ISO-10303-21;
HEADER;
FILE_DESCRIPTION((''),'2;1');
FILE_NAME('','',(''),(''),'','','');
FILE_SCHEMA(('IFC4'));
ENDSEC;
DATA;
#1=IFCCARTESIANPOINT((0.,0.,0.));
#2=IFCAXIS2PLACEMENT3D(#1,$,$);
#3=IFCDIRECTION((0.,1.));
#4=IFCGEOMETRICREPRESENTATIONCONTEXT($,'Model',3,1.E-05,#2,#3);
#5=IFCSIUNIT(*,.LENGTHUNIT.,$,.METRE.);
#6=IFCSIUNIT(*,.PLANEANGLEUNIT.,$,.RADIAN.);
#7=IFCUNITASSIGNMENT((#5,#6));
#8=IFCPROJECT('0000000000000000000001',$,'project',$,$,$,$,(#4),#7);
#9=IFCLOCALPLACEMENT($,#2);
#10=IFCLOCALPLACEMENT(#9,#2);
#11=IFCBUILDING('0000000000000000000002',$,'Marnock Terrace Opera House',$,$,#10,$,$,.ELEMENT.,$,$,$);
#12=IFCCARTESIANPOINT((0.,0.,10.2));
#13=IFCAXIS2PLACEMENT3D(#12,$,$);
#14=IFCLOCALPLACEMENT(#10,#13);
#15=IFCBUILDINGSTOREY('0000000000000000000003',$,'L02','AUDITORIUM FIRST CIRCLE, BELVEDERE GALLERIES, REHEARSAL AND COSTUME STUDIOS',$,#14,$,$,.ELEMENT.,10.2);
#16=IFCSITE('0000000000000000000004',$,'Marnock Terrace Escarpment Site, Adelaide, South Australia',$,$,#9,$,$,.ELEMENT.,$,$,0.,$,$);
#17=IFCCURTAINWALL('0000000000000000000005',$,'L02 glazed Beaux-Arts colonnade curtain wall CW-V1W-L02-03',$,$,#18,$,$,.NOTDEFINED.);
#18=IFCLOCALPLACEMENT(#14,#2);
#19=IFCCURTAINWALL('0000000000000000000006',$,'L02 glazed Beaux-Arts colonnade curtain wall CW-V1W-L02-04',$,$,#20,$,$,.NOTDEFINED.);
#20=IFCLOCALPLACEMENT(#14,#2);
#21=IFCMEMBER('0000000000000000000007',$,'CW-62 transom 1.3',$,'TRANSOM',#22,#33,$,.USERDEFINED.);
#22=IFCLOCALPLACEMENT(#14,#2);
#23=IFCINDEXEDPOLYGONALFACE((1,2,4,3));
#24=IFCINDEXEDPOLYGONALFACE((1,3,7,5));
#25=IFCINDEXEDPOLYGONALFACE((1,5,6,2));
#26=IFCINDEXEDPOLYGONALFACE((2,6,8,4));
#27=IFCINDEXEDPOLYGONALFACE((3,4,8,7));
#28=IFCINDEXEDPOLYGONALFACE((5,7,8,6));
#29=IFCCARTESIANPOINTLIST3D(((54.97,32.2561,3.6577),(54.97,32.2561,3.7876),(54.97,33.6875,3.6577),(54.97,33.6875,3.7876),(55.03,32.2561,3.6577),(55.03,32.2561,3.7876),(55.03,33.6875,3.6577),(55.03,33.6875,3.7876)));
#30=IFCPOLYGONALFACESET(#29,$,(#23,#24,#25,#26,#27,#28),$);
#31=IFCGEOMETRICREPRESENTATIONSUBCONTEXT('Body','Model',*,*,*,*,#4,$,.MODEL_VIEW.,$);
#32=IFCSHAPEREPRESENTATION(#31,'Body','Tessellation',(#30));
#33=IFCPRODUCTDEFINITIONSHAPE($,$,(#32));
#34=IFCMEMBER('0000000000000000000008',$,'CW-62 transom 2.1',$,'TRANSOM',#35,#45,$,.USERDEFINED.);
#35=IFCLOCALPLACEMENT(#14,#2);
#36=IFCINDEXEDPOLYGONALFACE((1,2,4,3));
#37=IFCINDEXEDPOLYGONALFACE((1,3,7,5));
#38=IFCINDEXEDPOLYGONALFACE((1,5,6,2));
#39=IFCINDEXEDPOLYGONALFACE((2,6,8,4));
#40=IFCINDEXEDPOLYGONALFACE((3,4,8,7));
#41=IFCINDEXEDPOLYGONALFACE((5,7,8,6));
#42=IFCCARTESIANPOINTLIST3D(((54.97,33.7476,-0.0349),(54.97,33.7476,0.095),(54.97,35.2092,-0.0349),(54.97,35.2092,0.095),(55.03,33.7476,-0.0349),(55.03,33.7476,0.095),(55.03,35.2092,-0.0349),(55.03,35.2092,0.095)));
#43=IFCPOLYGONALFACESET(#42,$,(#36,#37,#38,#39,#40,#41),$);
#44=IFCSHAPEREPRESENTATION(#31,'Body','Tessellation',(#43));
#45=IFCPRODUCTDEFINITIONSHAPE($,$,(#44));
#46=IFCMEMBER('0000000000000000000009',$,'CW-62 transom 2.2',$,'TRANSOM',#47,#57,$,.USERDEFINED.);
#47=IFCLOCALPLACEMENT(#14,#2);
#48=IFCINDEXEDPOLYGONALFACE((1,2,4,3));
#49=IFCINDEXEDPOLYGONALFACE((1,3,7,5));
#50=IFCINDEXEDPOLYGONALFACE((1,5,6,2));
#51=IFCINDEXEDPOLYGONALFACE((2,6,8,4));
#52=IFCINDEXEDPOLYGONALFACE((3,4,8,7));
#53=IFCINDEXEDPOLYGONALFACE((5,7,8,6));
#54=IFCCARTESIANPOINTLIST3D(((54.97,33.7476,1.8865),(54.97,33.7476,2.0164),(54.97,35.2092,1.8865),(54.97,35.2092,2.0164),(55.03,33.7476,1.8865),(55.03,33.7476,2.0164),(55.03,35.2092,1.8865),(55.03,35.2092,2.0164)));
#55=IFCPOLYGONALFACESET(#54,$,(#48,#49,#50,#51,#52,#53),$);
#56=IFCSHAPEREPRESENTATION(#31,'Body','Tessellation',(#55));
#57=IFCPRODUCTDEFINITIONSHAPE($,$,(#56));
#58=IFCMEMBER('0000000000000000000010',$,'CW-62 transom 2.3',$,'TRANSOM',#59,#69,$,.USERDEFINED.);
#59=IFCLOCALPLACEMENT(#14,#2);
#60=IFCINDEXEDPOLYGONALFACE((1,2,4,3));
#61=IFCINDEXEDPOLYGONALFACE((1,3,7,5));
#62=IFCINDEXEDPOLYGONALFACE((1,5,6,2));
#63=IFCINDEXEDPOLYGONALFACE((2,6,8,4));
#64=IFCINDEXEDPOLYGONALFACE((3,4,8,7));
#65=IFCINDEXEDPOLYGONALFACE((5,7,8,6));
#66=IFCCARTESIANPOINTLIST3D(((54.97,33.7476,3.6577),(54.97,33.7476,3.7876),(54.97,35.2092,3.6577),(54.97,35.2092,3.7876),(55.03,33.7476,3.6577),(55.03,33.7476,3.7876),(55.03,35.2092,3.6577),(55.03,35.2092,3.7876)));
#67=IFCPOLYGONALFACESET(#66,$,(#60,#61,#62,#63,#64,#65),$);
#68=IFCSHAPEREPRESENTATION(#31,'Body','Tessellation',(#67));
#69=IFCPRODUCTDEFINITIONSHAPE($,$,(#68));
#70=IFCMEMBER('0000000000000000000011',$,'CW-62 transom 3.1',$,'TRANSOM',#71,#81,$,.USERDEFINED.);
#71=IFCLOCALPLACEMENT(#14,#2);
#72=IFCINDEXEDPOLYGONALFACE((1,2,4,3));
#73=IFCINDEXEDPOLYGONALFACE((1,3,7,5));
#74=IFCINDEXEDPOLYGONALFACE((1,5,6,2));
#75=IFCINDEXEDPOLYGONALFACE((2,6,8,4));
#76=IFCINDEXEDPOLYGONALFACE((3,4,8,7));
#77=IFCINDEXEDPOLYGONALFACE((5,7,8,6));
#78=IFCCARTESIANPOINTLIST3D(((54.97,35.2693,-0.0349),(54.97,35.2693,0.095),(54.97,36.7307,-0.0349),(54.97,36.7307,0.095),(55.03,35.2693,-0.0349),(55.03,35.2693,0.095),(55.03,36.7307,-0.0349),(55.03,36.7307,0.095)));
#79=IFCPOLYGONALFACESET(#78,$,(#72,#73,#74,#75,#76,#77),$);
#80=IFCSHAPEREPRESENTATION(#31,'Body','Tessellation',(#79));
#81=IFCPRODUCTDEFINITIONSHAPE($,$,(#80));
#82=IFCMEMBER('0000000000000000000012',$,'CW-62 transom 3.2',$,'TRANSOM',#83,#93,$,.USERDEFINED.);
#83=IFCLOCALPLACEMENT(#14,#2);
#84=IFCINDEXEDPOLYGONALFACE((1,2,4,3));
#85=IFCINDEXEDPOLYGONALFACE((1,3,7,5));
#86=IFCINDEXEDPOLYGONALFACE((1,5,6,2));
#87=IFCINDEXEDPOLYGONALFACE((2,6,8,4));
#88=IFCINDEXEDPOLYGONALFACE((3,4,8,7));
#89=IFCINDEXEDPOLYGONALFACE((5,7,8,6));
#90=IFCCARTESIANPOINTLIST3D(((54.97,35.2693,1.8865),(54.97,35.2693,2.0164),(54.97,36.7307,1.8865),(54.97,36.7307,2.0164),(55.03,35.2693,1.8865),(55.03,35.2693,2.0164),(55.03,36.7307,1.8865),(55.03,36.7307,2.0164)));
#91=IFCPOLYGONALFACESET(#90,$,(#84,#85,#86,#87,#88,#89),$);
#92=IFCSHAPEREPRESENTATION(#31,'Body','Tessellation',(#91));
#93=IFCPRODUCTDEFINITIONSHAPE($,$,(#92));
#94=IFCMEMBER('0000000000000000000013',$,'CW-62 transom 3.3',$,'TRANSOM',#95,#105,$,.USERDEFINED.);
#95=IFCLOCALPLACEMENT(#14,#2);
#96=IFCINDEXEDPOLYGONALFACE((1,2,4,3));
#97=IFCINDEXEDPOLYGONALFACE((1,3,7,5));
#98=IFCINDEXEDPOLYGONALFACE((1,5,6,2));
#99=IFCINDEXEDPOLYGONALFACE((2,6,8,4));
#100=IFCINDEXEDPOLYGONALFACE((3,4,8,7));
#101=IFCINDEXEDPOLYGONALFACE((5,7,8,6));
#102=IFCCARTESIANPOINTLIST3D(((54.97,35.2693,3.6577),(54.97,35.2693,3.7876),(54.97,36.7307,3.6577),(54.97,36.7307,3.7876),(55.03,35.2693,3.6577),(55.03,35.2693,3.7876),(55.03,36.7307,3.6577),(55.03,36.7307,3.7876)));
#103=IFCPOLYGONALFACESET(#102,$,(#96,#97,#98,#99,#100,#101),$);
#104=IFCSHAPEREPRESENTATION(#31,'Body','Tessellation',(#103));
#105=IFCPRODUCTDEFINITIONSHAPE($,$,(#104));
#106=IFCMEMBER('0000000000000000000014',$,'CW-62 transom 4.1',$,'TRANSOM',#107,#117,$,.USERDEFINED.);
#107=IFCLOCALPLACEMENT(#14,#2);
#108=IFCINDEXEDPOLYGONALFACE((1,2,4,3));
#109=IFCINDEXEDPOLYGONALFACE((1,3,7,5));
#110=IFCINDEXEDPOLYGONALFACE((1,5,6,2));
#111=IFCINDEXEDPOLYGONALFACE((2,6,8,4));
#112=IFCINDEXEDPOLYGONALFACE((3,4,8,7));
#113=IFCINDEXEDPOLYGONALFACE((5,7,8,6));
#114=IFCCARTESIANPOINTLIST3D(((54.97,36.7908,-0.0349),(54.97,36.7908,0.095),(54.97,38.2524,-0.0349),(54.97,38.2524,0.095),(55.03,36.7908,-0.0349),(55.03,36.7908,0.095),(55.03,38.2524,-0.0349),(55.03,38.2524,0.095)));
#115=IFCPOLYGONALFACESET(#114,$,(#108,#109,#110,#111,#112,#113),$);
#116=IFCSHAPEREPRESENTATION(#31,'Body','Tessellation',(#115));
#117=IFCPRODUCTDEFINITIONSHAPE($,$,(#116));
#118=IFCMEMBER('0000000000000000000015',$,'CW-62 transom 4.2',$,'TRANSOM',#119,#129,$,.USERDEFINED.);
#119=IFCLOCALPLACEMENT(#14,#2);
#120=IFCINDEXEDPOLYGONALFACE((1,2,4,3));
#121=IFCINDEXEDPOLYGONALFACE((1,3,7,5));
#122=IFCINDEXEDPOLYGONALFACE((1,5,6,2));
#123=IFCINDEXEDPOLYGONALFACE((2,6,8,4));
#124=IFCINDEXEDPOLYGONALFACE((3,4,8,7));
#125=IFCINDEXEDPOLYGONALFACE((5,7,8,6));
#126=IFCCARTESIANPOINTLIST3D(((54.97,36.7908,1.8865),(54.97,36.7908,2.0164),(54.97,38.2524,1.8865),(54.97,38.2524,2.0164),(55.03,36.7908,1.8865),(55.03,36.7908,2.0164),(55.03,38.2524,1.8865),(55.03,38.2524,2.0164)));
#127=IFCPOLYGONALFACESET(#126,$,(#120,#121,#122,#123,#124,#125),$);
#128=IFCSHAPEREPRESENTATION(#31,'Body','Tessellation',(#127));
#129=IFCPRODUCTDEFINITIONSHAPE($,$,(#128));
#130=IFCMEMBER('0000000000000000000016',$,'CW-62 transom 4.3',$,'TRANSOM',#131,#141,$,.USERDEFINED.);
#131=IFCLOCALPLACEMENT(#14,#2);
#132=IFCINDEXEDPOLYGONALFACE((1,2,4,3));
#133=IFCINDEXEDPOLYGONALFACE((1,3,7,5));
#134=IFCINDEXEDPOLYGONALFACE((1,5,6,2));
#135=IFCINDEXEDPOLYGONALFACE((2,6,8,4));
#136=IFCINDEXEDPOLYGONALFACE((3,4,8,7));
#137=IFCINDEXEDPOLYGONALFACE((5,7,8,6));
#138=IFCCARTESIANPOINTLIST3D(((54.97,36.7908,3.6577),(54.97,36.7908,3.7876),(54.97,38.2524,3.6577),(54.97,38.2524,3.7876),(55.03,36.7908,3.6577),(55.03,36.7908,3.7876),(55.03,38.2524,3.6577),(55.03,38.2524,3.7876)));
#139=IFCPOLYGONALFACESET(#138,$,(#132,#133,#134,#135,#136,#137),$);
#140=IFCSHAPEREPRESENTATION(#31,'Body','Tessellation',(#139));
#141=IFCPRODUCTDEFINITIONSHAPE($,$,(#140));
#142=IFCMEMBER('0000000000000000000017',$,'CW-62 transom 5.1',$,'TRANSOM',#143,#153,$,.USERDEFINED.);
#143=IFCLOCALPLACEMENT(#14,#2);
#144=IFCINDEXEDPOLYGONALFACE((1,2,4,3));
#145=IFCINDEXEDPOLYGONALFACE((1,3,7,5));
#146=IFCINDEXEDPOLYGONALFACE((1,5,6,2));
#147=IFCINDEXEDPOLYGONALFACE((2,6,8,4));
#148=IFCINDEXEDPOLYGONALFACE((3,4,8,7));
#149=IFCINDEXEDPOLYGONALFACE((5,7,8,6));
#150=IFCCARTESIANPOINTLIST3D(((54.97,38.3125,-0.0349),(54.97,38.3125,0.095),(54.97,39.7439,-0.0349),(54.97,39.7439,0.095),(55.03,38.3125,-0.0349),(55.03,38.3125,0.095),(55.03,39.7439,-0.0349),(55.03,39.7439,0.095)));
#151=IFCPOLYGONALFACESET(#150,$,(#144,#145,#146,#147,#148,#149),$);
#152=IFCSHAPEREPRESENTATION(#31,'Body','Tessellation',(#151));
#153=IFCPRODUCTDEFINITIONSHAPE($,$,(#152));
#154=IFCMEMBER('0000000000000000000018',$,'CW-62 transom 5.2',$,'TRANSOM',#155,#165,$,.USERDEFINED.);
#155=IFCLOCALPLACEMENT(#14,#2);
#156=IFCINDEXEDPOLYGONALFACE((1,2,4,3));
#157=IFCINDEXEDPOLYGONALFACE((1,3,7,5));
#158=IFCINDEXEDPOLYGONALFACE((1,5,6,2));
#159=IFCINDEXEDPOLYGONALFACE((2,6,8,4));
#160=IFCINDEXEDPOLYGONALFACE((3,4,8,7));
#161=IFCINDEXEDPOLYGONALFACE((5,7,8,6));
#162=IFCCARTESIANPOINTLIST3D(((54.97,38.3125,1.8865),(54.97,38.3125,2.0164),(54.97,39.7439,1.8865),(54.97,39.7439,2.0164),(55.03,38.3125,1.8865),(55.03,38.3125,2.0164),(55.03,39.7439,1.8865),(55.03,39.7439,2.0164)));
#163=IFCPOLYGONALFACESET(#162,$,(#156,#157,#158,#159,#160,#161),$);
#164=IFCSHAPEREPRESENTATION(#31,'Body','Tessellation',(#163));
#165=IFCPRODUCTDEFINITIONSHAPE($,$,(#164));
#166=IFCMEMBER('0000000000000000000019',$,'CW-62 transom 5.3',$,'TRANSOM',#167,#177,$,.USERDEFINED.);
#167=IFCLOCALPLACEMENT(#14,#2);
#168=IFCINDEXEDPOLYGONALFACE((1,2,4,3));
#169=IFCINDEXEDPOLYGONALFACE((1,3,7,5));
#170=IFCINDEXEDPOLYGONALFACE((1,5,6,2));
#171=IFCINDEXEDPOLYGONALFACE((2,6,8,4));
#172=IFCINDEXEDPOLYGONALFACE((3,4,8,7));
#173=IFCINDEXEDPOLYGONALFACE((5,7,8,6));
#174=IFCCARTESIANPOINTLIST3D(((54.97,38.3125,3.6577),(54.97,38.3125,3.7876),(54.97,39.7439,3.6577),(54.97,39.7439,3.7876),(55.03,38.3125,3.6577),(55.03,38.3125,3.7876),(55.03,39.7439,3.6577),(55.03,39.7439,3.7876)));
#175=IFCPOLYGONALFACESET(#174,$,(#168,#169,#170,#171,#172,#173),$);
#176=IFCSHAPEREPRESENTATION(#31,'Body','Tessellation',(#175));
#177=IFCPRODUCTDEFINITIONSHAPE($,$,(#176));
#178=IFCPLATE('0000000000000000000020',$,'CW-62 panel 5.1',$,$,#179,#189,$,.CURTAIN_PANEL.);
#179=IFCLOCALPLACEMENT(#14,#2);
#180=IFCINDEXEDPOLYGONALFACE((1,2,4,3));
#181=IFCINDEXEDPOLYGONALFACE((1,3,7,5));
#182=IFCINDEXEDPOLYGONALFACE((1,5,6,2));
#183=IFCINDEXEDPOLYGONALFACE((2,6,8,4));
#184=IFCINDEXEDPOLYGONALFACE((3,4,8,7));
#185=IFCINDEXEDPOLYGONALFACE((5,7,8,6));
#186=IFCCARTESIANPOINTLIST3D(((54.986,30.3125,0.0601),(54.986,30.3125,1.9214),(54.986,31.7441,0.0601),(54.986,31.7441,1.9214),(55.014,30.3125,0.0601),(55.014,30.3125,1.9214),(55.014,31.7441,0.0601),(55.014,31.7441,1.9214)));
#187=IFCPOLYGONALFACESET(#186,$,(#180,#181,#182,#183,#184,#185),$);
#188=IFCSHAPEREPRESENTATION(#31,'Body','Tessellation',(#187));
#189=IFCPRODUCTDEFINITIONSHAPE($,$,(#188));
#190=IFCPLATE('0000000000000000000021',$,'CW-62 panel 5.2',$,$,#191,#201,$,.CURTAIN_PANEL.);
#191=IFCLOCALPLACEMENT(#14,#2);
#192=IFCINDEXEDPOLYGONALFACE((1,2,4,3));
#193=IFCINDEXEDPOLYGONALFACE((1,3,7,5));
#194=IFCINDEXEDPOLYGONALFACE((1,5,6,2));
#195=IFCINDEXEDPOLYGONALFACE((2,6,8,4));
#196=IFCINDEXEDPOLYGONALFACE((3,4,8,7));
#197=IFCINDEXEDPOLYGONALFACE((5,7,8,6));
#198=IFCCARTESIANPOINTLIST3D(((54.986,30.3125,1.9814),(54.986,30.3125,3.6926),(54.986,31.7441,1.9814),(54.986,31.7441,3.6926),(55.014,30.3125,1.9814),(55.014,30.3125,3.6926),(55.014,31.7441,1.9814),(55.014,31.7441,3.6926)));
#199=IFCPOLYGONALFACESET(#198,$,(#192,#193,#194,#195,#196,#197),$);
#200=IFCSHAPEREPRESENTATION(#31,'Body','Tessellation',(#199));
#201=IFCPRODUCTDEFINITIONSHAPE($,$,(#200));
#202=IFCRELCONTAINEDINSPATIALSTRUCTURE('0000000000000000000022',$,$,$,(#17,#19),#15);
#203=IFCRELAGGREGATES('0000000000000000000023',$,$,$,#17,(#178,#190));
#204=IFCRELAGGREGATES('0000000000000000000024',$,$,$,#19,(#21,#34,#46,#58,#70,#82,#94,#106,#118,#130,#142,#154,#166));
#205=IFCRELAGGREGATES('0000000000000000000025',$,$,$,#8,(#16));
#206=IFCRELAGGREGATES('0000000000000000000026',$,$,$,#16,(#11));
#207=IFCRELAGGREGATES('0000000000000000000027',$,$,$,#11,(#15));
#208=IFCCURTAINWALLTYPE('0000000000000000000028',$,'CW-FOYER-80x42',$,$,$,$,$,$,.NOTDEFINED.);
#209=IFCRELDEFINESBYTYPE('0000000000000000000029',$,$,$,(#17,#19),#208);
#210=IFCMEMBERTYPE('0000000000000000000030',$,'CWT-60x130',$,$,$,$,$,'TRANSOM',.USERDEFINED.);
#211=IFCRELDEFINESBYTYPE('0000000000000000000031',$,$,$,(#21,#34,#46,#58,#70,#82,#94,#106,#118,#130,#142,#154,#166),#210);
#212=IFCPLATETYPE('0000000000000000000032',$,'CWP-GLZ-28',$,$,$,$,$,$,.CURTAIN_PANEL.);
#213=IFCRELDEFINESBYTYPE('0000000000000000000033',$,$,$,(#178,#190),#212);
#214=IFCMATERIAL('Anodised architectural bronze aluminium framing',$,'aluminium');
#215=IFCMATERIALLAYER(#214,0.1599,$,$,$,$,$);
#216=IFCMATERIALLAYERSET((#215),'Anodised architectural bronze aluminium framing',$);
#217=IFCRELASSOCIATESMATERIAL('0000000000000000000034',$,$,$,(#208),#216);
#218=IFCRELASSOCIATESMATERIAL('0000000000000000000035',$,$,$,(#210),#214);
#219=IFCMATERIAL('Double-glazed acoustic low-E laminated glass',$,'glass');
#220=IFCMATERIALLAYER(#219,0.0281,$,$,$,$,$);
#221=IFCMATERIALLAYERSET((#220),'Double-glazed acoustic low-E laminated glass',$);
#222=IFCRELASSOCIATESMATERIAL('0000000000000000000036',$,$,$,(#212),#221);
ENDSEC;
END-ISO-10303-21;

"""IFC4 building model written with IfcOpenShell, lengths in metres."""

from ifc_helpers import new_model, si_unit, direction, frame, origin, origin_2d, place, context, subcontext, project, spatial, rectangle, extrude, material, layer, layer_set, material_profile, profile_set, type_object, element, aggregate, save


model = new_model("IFC4")

# Units and contexts
model_context = context("Model", 3, precision=1e-05, world=origin(), true_north=direction((0.0, 1.0)))
body_context = subcontext(model_context, "Body", "Model", "MODEL_VIEW")
ifc_project = project(units=[si_unit("LENGTHUNIT", "METRE"), si_unit("PLANEANGLEUNIT", "RADIAN")], contexts=[model_context])

# Site, building, storey
site_placement = place(None, origin())
site = spatial("IfcSite", under=ifc_project, at=site_placement, Name="Marnock Terrace Escarpment Site, Adelaide, South Australia", CompositionType="ELEMENT", RefElevation=0.0)
building_placement = place(site_placement, origin())
building = spatial("IfcBuilding", under=site, at=building_placement, Name="Marnock Terrace Opera House", CompositionType="ELEMENT")
storey_placement = place(building_placement, frame((0.0, 0.0, 10.2)))
storey = spatial("IfcBuildingStorey", under=building, at=storey_placement, Name="L02", Description="AUDITORIUM FIRST CIRCLE, BELVEDERE GALLERIES, REHEARSAL AND COSTUME STUDIOS", CompositionType="ELEMENT", Elevation=10.2)

# Curtain wall
ifc_material_1 = material(Name="Anodised architectural bronze aluminium framing", Category="aluminium")
ifc_layer_1 = layer(ifc_material_1, 0.1599)
ifc_layer_set_1 = layer_set([ifc_layer_1], Name="Anodised architectural bronze aluminium framing")
curtain_wall_type = type_object("IfcCurtainWallType", Name="CW-FOYER-80x42", PredefinedType="NOTDEFINED", material=ifc_layer_set_1)
curtain_wall_1_placement = place(storey_placement, origin())
curtain_wall_1 = element("IfcCurtainWall", 1, at=curtain_wall_1_placement, inside=storey, type_object=curtain_wall_type, Name="L02 glazed Beaux-Arts colonnade curtain wall CW-V1W-L02-03", PredefinedType="NOTDEFINED")

# Curtain wall
curtain_wall_2_placement = place(storey_placement, origin())
curtain_wall_2 = element("IfcCurtainWall", 2, at=curtain_wall_2_placement, inside=storey, type_object=curtain_wall_type, Name="L02 glazed Beaux-Arts colonnade curtain wall CW-V1W-L02-04", PredefinedType="NOTDEFINED")

# Members
ifc_material_profile_1 = material_profile(ifc_material_1, rectangle(XDim=0.0601, YDim=0.1299, at=origin_2d()))
ifc_profile_set_1 = profile_set([ifc_material_profile_1], Name="Anodised architectural bronze aluminium framing")
member_type_1 = type_object("IfcMemberType", Name="CWT-60x130", ElementType="TRANSOM", PredefinedType="USERDEFINED", material=ifc_profile_set_1)
member_1_placement = place(storey_placement, frame((55.0, 32.2561, 3.7227), z_axis=(0.0, 1.0, 0.0), x_axis=(-1.0, 0.0, 0.0)))
member_1 = element("IfcMember", 3, at=member_1_placement, type_object=member_type_1, Name="CW-62 transom 1.3", ObjectType="TRANSOM", PredefinedType="USERDEFINED", context=body_context, shape_type="SweptSolid", body=[
    extrude(rectangle(XDim=0.0601, YDim=0.1299, at=origin_2d()), origin(), (0.0, 0.0, 1.0), 1.4314),
])
member_2_placement = place(storey_placement, frame((55.0, 33.7476, 0.03), z_axis=(0.0, 1.0, 0.0), x_axis=(-1.0, 0.0, 0.0)))
member_2 = element("IfcMember", 4, at=member_2_placement, type_object=member_type_1, Name="CW-62 transom 2.1", ObjectType="TRANSOM", PredefinedType="USERDEFINED", context=body_context, shape_type="SweptSolid", body=[
    extrude(rectangle(XDim=0.0601, YDim=0.1299, at=origin_2d()), origin(), (0.0, 0.0, 1.0), 1.4617),
])
member_3_placement = place(storey_placement, frame((55.0, 33.7476, 1.9514), z_axis=(0.0, 1.0, 0.0), x_axis=(-1.0, 0.0, 0.0)))
member_3 = element("IfcMember", 5, at=member_3_placement, type_object=member_type_1, Name="CW-62 transom 2.2", ObjectType="TRANSOM", PredefinedType="USERDEFINED", context=body_context, shape_type="SweptSolid", body=[
    extrude(rectangle(XDim=0.0601, YDim=0.1299, at=origin_2d()), origin(), (0.0, 0.0, 1.0), 1.4617),
])
member_4_placement = place(storey_placement, frame((55.0, 33.7476, 3.7227), z_axis=(0.0, 1.0, 0.0), x_axis=(-1.0, 0.0, 0.0)))
member_4 = element("IfcMember", 6, at=member_4_placement, type_object=member_type_1, Name="CW-62 transom 2.3", ObjectType="TRANSOM", PredefinedType="USERDEFINED", context=body_context, shape_type="SweptSolid", body=[
    extrude(rectangle(XDim=0.0601, YDim=0.1299, at=origin_2d()), origin(), (0.0, 0.0, 1.0), 1.4617),
])
member_5_placement = place(storey_placement, frame((55.0, 35.2693, 0.03), z_axis=(0.0, 1.0, 0.0), x_axis=(-1.0, 0.0, 0.0)))
member_5 = element("IfcMember", 7, at=member_5_placement, type_object=member_type_1, Name="CW-62 transom 3.1", ObjectType="TRANSOM", PredefinedType="USERDEFINED", context=body_context, shape_type="SweptSolid", body=[
    extrude(rectangle(XDim=0.0601, YDim=0.1299, at=origin_2d()), origin(), (0.0, 0.0, 1.0), 1.4614),
])
member_6_placement = place(storey_placement, frame((55.0, 35.2693, 1.9514), z_axis=(0.0, 1.0, 0.0), x_axis=(-1.0, 0.0, 0.0)))
member_6 = element("IfcMember", 8, at=member_6_placement, type_object=member_type_1, Name="CW-62 transom 3.2", ObjectType="TRANSOM", PredefinedType="USERDEFINED", context=body_context, shape_type="SweptSolid", body=[
    extrude(rectangle(XDim=0.0601, YDim=0.1299, at=origin_2d()), origin(), (0.0, 0.0, 1.0), 1.4614),
])
member_7_placement = place(storey_placement, frame((55.0, 35.2693, 3.7227), z_axis=(0.0, 1.0, 0.0), x_axis=(-1.0, 0.0, 0.0)))
member_7 = element("IfcMember", 9, at=member_7_placement, type_object=member_type_1, Name="CW-62 transom 3.3", ObjectType="TRANSOM", PredefinedType="USERDEFINED", context=body_context, shape_type="SweptSolid", body=[
    extrude(rectangle(XDim=0.0601, YDim=0.1299, at=origin_2d()), origin(), (0.0, 0.0, 1.0), 1.4614),
])
member_8_placement = place(storey_placement, frame((55.0, 36.7908, 0.03), z_axis=(0.0, 1.0, 0.0), x_axis=(-1.0, 0.0, 0.0)))
member_8 = element("IfcMember", 10, at=member_8_placement, type_object=member_type_1, Name="CW-62 transom 4.1", ObjectType="TRANSOM", PredefinedType="USERDEFINED", context=body_context, shape_type="SweptSolid", body=[
    extrude(rectangle(XDim=0.0601, YDim=0.1299, at=origin_2d()), origin(), (0.0, 0.0, 1.0), 1.4617),
])
member_9_placement = place(storey_placement, frame((55.0, 36.7908, 1.9514), z_axis=(0.0, 1.0, 0.0), x_axis=(-1.0, 0.0, 0.0)))
member_9 = element("IfcMember", 11, at=member_9_placement, type_object=member_type_1, Name="CW-62 transom 4.2", ObjectType="TRANSOM", PredefinedType="USERDEFINED", context=body_context, shape_type="SweptSolid", body=[
    extrude(rectangle(XDim=0.0601, YDim=0.1299, at=origin_2d()), origin(), (0.0, 0.0, 1.0), 1.4617),
])
member_10_placement = place(storey_placement, frame((55.0, 36.7908, 3.7227), z_axis=(0.0, 1.0, 0.0), x_axis=(-1.0, 0.0, 0.0)))
member_10 = element("IfcMember", 12, at=member_10_placement, type_object=member_type_1, Name="CW-62 transom 4.3", ObjectType="TRANSOM", PredefinedType="USERDEFINED", context=body_context, shape_type="SweptSolid", body=[
    extrude(rectangle(XDim=0.0601, YDim=0.1299, at=origin_2d()), origin(), (0.0, 0.0, 1.0), 1.4617),
])
member_11_placement = place(storey_placement, frame((55.0, 38.3125, 0.03), z_axis=(0.0, 1.0, 0.0), x_axis=(-1.0, 0.0, 0.0)))
member_11 = element("IfcMember", 13, at=member_11_placement, type_object=member_type_1, Name="CW-62 transom 5.1", ObjectType="TRANSOM", PredefinedType="USERDEFINED", context=body_context, shape_type="SweptSolid", body=[
    extrude(rectangle(XDim=0.0601, YDim=0.1299, at=origin_2d()), origin(), (0.0, 0.0, 1.0), 1.4314),
])
member_12_placement = place(storey_placement, frame((55.0, 38.3125, 1.9514), z_axis=(0.0, 1.0, 0.0), x_axis=(-1.0, 0.0, 0.0)))
member_12 = element("IfcMember", 14, at=member_12_placement, type_object=member_type_1, Name="CW-62 transom 5.2", ObjectType="TRANSOM", PredefinedType="USERDEFINED", context=body_context, shape_type="SweptSolid", body=[
    extrude(rectangle(XDim=0.0601, YDim=0.1299, at=origin_2d()), origin(), (0.0, 0.0, 1.0), 1.4314),
])
member_13_placement = place(storey_placement, frame((55.0, 38.3125, 3.7227), z_axis=(0.0, 1.0, 0.0), x_axis=(-1.0, 0.0, 0.0)))
member_13 = element("IfcMember", 15, at=member_13_placement, type_object=member_type_1, Name="CW-62 transom 5.3", ObjectType="TRANSOM", PredefinedType="USERDEFINED", context=body_context, shape_type="SweptSolid", body=[
    extrude(rectangle(XDim=0.0601, YDim=0.1299, at=origin_2d()), origin(), (0.0, 0.0, 1.0), 1.4314),
])

# Plates
ifc_material_2 = material(Name="Double-glazed acoustic low-E laminated glass", Category="glass")
ifc_layer_2 = layer(ifc_material_2, 0.0281)
ifc_layer_set_2 = layer_set([ifc_layer_2], Name="Double-glazed acoustic low-E laminated glass")
plate_type = type_object("IfcPlateType", Name="CWP-GLZ-28", PredefinedType="CURTAIN_PANEL", material=ifc_layer_set_2)
plate_1_placement = place(storey_placement, frame((55.0, 31.0283, 0.0601), z_axis=(0.0, 0.0, 1.0), x_axis=(0.0, 1.0, 0.0)))
plate_1 = element("IfcPlate", 16, at=plate_1_placement, type_object=plate_type, Name="CW-62 panel 5.1", PredefinedType="CURTAIN_PANEL", context=body_context, shape_type="SweptSolid", body=[
    extrude(rectangle(XDim=1.4316, YDim=0.0281, at=origin_2d()), origin(), (0.0, 0.0, 1.0), 1.8613),
])
plate_2_placement = place(storey_placement, frame((55.0, 31.0283, 1.9814), z_axis=(0.0, 0.0, 1.0), x_axis=(0.0, 1.0, 0.0)))
plate_2 = element("IfcPlate", 17, at=plate_2_placement, type_object=plate_type, Name="CW-62 panel 5.2", PredefinedType="CURTAIN_PANEL", context=body_context, shape_type="SweptSolid", body=[
    extrude(rectangle(XDim=1.4316, YDim=0.0281, at=origin_2d()), origin(), (0.0, 0.0, 1.0), 1.7112),
])
aggregate(curtain_wall_1, [plate_1, plate_2])
aggregate(curtain_wall_2, [member_1, member_2, member_3, member_4, member_5, member_6, member_7, member_8, member_9, member_10, member_11, member_12, member_13])

save(model, "model.ifc")
